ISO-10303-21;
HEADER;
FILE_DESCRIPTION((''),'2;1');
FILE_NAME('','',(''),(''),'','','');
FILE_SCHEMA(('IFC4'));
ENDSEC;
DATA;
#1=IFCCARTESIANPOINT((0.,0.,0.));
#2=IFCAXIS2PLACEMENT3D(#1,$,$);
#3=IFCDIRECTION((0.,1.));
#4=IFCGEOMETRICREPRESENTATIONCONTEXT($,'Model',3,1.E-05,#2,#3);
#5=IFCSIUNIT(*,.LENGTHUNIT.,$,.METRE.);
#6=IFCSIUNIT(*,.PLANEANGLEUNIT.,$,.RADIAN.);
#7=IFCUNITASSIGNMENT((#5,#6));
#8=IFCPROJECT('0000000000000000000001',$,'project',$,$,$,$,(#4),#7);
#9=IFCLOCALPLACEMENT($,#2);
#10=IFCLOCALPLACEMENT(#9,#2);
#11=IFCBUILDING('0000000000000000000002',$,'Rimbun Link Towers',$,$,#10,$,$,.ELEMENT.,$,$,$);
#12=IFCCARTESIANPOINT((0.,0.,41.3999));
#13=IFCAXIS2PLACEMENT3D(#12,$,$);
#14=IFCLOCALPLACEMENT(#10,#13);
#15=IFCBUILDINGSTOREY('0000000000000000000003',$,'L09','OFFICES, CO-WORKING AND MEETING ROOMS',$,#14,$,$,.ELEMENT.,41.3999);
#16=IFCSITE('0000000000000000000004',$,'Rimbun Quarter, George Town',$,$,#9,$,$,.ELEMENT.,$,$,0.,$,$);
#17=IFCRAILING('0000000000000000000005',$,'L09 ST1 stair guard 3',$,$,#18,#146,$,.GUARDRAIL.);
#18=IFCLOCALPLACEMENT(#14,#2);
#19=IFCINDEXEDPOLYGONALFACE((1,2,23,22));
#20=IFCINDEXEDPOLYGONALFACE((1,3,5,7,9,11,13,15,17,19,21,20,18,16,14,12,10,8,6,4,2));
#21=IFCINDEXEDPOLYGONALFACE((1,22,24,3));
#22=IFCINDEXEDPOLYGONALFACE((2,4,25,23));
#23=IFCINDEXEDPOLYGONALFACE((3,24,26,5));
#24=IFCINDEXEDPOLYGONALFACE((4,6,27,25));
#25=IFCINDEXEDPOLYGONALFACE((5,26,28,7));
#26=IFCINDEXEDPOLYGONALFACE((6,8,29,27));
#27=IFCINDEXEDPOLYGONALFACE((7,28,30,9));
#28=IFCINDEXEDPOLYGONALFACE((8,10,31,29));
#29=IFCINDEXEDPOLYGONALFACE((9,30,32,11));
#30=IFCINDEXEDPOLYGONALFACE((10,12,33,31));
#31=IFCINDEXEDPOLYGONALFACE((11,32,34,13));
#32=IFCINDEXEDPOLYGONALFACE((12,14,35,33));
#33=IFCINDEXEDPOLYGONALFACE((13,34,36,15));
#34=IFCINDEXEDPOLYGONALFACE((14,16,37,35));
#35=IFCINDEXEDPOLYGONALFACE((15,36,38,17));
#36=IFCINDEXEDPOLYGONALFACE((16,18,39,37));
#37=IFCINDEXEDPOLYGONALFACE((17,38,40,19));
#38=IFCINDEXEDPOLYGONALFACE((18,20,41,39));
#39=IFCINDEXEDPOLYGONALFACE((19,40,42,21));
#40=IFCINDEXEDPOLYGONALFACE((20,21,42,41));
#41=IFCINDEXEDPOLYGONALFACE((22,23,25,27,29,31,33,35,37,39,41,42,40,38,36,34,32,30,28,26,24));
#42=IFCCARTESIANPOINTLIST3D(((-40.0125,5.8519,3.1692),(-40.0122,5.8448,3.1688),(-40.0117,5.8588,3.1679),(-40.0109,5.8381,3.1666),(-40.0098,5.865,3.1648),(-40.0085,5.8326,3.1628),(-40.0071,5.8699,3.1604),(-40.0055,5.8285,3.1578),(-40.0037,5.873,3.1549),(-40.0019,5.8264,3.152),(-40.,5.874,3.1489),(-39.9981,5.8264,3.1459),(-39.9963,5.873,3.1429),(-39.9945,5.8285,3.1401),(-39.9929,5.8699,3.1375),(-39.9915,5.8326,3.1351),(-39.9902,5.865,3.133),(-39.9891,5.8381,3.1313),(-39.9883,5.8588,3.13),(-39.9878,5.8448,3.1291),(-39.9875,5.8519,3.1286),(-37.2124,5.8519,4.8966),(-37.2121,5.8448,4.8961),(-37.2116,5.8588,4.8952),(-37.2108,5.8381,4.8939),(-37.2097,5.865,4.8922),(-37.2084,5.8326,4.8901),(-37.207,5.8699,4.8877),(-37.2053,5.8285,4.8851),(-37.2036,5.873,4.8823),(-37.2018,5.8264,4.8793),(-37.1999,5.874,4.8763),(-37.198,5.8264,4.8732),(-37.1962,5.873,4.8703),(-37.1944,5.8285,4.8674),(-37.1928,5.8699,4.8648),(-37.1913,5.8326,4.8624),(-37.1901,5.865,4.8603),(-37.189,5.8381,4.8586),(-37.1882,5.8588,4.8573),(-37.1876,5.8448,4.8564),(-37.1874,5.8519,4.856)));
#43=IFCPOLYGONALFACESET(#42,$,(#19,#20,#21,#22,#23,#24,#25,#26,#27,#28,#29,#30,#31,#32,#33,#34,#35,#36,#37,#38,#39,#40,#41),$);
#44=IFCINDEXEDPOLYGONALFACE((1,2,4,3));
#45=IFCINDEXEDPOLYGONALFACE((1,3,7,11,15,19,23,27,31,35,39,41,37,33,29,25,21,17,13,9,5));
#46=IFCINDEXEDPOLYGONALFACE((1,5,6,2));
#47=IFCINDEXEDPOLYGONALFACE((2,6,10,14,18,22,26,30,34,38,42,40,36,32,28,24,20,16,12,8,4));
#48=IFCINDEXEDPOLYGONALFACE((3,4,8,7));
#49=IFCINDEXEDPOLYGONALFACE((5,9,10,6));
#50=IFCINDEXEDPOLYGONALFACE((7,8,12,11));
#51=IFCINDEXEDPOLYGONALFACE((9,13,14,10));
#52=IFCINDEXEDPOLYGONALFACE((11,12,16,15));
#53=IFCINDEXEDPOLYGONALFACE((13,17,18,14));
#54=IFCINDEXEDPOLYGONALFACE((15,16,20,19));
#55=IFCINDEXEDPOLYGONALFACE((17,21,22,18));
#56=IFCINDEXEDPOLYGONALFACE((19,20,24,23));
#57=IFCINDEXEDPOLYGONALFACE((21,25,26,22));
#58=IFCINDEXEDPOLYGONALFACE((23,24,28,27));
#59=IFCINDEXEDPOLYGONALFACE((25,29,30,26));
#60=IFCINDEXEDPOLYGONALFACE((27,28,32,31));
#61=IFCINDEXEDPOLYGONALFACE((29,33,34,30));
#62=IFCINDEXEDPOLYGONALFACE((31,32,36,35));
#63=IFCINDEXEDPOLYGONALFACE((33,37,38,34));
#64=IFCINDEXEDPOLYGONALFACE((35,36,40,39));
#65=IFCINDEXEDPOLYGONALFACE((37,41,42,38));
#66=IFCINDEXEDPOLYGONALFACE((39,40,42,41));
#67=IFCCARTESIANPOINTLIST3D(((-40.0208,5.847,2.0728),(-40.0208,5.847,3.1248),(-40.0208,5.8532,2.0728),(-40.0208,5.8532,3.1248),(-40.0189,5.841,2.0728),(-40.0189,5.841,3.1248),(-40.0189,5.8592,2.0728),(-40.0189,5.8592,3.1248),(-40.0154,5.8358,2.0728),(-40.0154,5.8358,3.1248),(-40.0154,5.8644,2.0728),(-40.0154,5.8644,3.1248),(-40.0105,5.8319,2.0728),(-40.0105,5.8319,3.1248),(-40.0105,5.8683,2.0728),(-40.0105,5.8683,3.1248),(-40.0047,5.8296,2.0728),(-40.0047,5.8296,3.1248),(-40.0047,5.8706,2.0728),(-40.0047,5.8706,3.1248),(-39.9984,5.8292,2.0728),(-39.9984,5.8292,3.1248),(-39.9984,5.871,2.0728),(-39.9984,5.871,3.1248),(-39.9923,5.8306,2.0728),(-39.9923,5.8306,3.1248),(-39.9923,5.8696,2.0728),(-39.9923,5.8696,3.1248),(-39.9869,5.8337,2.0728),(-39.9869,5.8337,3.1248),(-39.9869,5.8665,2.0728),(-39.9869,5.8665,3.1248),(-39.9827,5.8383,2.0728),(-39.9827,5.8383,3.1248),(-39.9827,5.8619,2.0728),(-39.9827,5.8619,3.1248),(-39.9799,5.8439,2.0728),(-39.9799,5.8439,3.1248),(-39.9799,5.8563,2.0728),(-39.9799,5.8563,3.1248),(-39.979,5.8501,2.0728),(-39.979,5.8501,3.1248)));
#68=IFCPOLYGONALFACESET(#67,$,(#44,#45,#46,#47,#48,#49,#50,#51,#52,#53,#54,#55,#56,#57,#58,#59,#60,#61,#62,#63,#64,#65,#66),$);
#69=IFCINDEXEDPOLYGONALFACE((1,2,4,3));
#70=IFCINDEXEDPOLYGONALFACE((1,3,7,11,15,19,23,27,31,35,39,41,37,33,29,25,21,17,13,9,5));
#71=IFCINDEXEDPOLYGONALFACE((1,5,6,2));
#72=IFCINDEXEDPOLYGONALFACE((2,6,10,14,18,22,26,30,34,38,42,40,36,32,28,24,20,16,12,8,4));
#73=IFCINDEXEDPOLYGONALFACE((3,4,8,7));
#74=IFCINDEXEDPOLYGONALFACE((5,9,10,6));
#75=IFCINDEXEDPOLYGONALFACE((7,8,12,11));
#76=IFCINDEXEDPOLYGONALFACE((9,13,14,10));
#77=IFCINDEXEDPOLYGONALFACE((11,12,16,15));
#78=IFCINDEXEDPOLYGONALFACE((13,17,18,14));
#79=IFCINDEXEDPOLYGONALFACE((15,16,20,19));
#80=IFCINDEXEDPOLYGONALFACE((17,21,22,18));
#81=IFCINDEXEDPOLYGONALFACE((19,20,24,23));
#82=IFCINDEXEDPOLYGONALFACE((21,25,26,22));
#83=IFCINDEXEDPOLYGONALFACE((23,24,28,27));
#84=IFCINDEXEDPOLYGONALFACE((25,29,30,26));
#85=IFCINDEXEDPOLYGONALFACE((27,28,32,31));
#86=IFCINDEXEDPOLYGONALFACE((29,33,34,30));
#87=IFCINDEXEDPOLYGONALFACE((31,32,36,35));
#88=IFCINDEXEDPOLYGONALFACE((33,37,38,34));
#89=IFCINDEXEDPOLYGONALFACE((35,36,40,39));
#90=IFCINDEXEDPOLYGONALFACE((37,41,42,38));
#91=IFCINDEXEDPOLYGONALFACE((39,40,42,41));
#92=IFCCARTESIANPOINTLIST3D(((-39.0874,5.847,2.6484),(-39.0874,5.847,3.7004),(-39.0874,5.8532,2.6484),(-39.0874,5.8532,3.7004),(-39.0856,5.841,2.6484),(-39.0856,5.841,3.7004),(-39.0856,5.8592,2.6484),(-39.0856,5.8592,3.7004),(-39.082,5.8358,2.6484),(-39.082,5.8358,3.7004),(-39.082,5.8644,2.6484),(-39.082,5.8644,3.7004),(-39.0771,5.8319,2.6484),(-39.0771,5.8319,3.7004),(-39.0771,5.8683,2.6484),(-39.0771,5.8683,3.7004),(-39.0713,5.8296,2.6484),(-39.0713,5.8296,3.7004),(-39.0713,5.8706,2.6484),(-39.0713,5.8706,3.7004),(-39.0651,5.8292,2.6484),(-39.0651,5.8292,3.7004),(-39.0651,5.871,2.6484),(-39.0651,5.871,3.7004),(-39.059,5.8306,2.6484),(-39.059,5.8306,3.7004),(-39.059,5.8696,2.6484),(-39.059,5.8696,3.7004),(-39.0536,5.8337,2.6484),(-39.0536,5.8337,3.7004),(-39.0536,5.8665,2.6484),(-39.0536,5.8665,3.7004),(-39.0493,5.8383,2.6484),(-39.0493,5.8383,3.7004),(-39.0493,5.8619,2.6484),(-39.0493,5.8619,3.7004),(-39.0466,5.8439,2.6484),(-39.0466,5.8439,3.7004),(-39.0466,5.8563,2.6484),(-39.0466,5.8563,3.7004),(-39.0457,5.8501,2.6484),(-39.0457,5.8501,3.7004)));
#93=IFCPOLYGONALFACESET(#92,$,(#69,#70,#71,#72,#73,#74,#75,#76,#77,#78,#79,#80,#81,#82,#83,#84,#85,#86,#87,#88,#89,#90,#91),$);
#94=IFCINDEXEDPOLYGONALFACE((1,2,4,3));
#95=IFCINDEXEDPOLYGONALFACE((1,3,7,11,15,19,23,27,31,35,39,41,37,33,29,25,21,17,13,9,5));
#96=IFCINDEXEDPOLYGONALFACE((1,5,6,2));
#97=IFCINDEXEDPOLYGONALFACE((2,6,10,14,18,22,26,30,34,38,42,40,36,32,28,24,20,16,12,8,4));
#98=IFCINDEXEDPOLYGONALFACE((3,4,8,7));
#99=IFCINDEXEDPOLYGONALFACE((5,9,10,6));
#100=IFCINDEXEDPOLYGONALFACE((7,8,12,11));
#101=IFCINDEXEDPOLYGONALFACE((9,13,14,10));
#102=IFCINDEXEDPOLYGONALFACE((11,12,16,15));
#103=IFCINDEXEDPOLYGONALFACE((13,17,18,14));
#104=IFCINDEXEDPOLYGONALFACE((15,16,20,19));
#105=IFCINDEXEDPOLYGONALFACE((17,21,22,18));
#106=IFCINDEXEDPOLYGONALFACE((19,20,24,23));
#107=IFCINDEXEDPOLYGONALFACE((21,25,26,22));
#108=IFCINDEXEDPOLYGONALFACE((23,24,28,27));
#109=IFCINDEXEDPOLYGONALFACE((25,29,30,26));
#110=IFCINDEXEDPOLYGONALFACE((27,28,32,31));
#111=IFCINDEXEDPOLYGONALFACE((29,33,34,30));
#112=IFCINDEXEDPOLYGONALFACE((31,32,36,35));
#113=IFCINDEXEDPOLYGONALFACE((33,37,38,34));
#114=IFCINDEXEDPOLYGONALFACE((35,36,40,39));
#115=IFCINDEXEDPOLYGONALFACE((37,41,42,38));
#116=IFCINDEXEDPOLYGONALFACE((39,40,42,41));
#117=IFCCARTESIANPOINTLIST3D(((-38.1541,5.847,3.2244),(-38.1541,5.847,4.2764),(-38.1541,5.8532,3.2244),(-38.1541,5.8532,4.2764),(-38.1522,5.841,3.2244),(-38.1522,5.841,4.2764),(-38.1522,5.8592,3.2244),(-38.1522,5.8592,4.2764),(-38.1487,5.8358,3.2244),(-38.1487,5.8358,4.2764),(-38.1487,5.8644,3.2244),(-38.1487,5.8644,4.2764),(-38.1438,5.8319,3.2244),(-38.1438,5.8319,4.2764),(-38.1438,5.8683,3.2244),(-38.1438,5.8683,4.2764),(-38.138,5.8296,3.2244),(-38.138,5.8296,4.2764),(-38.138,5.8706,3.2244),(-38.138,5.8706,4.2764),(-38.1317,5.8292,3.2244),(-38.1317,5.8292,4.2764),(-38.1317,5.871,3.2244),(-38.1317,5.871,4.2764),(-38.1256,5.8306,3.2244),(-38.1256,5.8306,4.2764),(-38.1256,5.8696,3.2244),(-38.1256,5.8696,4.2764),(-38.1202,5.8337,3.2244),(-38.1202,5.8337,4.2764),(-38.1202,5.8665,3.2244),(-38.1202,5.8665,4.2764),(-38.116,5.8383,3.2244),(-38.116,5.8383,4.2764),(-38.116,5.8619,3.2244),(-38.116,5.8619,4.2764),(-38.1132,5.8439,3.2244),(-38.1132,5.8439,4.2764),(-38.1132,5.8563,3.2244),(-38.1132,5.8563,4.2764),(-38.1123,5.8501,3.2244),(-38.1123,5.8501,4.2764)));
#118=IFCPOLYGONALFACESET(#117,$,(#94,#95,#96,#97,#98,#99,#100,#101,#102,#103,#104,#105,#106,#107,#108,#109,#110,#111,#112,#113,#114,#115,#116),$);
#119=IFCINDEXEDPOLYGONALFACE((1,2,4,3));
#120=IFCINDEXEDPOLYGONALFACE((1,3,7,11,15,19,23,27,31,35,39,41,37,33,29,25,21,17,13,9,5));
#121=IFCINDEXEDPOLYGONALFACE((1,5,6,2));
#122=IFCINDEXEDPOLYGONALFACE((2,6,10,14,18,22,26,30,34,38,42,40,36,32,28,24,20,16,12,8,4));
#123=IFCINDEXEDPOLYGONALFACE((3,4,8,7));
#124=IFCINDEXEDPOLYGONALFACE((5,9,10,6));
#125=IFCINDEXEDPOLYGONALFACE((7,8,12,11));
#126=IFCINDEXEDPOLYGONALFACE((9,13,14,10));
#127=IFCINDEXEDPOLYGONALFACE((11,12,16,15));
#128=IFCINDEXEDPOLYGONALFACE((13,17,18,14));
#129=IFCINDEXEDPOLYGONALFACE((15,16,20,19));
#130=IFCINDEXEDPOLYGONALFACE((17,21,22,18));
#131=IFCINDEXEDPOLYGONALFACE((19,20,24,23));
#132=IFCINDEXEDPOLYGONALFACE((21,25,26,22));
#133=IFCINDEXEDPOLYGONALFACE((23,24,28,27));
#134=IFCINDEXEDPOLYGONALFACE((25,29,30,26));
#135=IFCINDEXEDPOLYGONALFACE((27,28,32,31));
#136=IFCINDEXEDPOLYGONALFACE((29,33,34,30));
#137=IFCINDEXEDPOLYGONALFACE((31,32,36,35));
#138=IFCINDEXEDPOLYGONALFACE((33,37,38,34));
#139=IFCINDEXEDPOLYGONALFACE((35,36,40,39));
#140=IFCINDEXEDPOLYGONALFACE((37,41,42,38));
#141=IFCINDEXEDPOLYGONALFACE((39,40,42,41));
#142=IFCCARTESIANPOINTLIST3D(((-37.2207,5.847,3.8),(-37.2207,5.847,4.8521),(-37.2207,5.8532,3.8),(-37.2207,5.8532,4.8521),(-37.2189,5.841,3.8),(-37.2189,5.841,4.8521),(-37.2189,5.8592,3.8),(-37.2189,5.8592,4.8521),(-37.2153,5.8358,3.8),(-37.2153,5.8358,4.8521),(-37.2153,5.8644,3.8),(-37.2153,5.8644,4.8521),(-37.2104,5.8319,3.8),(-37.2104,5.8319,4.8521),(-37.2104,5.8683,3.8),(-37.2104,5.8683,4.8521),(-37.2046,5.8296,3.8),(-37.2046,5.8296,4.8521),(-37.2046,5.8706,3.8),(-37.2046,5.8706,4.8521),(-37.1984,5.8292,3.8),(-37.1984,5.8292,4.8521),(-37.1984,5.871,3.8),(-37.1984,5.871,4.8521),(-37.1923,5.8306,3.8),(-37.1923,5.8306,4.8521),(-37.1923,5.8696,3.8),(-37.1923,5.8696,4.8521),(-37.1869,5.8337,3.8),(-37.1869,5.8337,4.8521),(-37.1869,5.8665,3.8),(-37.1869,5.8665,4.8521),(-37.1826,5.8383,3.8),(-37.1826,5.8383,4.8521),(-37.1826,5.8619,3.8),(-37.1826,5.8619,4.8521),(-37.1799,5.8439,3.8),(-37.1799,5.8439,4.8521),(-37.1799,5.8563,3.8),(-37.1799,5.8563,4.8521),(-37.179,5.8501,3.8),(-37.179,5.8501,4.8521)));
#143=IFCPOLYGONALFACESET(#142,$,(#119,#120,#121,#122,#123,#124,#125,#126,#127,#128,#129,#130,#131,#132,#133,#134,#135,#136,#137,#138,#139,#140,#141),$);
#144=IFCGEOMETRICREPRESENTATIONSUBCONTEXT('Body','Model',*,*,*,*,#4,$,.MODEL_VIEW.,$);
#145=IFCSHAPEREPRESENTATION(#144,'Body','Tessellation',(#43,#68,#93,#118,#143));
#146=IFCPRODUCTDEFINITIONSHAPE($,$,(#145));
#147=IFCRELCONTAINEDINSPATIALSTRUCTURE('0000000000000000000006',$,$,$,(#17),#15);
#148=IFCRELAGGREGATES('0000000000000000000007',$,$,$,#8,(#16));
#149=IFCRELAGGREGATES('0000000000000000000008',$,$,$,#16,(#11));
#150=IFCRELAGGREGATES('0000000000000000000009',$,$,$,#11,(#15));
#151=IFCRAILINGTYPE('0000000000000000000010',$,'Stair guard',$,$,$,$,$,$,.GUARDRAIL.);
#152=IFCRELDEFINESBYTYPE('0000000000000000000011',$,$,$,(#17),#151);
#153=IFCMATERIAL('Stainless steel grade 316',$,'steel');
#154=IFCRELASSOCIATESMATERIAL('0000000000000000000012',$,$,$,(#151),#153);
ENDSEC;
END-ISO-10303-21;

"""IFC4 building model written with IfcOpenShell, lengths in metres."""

from ifc_helpers import new_model, si_unit, direction, frame, origin, origin_2d, place, context, subcontext, project, spatial, circle, extrude, material, type_object, element, save


model = new_model("IFC4")

# Units and contexts
model_context = context("Model", 3, precision=1e-05, world=origin(), true_north=direction((0.0, 1.0)))
body_context = subcontext(model_context, "Body", "Model", "MODEL_VIEW")
ifc_project = project(units=[si_unit("LENGTHUNIT", "METRE"), si_unit("PLANEANGLEUNIT", "RADIAN")], contexts=[model_context])

# Site, building, storey
site_placement = place(None, origin())
site = spatial("IfcSite", under=ifc_project, at=site_placement, Name="Rimbun Quarter, George Town", CompositionType="ELEMENT", RefElevation=0.0)
building_placement = place(site_placement, origin())
building = spatial("IfcBuilding", under=site, at=building_placement, Name="Rimbun Link Towers", CompositionType="ELEMENT")
storey_placement = place(building_placement, frame((0.0, 0.0, 41.3999)))
storey = spatial("IfcBuildingStorey", under=building, at=storey_placement, Name="L09", Description="OFFICES, CO-WORKING AND MEETING ROOMS", CompositionType="ELEMENT", Elevation=41.3999)

# Railing
ifc_material_1 = material(Name="Stainless steel grade 316", Category="steel")
railing_type_1 = type_object("IfcRailingType", Name="Stair guard", PredefinedType="GUARDRAIL", material=ifc_material_1)
railing_1_placement = place(storey_placement, frame((-40.0, 5.8501, 2.0728)))
element("IfcRailing", 1, at=railing_1_placement, inside=storey, type_object=railing_type_1, Name="L09 ST1 stair guard 3", PredefinedType="GUARDRAIL", context=body_context, shape_type="SweptSolid", body=[
    extrude(circle(Radius=0.0239, at=origin_2d()), frame((0.0, 0.0, 1.0762), z_axis=(0.85109, 0.0, 0.52502), x_axis=(0.0, 1.0, 0.0)), (0.0, 0.0, 1.0), 3.29),
    extrude(circle(Radius=0.021, at=origin_2d()), origin(), (0.0, 0.0, 1.0), 1.052),
    extrude(circle(Radius=0.021, at=origin_2d()), frame((0.9333, 0.0, 0.5757)), (0.0, 0.0, 1.0), 1.052),
    extrude(circle(Radius=0.021, at=origin_2d()), frame((1.8667, 0.0, 1.1516)), (0.0, 0.0, 1.0), 1.052),
    extrude(circle(Radius=0.021, at=origin_2d()), frame((2.8, 0.0, 1.7273)), (0.0, 0.0, 1.0), 1.052),
])

save(model, "model.ifc")
